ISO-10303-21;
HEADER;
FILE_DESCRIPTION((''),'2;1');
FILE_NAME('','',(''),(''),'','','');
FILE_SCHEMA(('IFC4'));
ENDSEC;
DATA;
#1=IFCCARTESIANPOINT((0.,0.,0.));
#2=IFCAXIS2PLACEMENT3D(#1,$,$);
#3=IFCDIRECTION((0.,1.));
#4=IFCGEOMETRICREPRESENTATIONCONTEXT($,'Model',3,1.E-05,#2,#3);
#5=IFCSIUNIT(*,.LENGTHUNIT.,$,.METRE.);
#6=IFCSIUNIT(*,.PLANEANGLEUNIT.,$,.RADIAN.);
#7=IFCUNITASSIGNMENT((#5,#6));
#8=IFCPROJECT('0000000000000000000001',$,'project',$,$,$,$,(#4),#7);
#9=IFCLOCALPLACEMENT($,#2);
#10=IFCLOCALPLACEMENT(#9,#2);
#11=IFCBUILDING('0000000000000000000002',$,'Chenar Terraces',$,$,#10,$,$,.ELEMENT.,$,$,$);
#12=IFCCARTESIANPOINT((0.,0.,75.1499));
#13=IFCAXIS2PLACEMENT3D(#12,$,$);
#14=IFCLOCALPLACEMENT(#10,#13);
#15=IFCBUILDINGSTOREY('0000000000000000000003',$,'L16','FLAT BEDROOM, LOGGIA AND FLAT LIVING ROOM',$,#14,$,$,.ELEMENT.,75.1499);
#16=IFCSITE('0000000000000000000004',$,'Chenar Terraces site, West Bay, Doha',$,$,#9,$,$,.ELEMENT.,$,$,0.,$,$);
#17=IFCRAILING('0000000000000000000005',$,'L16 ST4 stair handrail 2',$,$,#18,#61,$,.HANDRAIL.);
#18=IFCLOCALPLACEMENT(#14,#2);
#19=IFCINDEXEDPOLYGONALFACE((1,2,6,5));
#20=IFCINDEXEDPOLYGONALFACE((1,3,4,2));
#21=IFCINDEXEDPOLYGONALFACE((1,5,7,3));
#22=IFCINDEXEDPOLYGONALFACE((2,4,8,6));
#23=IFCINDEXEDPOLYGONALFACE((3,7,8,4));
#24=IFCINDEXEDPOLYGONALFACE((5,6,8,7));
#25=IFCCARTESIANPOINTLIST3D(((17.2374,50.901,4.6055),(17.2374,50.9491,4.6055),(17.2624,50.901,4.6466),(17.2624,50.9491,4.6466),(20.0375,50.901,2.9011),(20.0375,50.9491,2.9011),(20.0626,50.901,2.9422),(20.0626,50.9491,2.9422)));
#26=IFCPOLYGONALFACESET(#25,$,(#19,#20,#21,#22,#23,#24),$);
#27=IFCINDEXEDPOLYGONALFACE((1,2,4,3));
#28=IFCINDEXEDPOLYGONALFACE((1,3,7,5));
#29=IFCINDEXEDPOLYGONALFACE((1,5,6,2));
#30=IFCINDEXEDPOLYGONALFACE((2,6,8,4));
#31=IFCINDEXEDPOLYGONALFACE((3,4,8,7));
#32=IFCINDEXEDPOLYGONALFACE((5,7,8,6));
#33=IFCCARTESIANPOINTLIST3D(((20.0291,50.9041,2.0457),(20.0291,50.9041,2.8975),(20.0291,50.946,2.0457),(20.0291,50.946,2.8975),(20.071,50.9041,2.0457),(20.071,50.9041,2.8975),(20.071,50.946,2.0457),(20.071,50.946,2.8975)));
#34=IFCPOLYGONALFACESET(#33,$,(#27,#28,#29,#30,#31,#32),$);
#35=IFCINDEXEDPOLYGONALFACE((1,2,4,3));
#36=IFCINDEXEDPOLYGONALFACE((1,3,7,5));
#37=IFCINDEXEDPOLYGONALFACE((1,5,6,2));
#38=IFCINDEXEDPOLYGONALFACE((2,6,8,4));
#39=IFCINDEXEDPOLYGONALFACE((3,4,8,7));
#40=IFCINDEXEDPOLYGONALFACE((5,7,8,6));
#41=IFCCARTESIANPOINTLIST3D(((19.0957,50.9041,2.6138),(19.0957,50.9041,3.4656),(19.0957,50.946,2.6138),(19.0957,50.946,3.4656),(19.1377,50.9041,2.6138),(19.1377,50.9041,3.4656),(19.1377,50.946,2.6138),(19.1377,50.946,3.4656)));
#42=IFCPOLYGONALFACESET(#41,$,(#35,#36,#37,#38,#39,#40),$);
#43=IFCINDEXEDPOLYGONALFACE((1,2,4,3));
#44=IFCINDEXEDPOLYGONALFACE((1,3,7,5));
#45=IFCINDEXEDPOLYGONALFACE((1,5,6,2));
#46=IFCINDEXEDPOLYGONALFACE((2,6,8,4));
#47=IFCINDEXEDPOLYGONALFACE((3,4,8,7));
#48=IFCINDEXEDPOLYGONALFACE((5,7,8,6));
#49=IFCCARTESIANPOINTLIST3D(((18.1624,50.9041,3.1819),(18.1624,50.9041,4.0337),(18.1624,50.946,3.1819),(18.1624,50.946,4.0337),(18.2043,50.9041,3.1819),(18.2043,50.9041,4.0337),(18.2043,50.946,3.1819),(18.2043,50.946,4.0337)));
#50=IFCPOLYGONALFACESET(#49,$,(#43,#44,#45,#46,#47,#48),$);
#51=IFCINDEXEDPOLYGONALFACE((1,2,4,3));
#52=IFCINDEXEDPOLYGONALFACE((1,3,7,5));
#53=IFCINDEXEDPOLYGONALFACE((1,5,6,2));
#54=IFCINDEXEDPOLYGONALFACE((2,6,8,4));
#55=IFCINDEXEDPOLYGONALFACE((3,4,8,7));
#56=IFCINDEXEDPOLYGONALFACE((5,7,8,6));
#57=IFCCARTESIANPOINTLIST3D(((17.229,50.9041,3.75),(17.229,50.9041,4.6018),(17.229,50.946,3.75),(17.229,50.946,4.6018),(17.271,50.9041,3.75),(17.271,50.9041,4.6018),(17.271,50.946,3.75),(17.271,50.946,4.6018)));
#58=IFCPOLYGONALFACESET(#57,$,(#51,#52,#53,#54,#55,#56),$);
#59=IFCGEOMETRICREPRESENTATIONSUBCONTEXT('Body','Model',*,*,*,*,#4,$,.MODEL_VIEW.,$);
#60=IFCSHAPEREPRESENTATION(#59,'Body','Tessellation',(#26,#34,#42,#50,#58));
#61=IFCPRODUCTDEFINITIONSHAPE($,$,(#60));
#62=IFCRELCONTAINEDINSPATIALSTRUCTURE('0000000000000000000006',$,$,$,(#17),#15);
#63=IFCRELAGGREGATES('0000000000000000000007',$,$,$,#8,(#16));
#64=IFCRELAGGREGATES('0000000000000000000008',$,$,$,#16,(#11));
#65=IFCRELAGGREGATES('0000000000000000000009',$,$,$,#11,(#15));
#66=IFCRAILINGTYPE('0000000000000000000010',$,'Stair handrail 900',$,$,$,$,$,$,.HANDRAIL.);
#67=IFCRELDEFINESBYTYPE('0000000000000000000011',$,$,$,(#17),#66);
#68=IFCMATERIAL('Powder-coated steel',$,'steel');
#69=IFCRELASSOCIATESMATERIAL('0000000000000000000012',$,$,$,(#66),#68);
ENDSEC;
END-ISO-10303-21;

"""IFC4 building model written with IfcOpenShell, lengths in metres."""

from ifc_helpers import new_model, si_unit, direction, frame, origin, origin_2d, place, context, subcontext, project, spatial, rectangle, extrude, material, type_object, element, save


model = new_model("IFC4")

# Units and contexts
model_context = context("Model", 3, precision=1e-05, world=origin(), true_north=direction((0.0, 1.0)))
body_context = subcontext(model_context, "Body", "Model", "MODEL_VIEW")
ifc_project = project(units=[si_unit("LENGTHUNIT", "METRE"), si_unit("PLANEANGLEUNIT", "RADIAN")], contexts=[model_context])

# Site, building, storey
site_placement = place(None, origin())
site = spatial("IfcSite", under=ifc_project, at=site_placement, Name="Chenar Terraces site, West Bay, Doha", CompositionType="ELEMENT", RefElevation=0.0)
building_placement = place(site_placement, origin())
building = spatial("IfcBuilding", under=site, at=building_placement, Name="Chenar Terraces", CompositionType="ELEMENT")
storey_placement = place(building_placement, frame((0.0, 0.0, 75.1499)))
storey = spatial("IfcBuildingStorey", under=building, at=storey_placement, Name="L16", Description="FLAT BEDROOM, LOGGIA AND FLAT LIVING ROOM", CompositionType="ELEMENT", Elevation=75.1499)

# Railing
ifc_material_1 = material(Name="Powder-coated steel", Category="steel")
railing_type_1 = type_object("IfcRailingType", Name="Stair handrail 900", PredefinedType="HANDRAIL", material=ifc_material_1)
railing_1_placement = place(storey_placement, frame((20.05, 50.925, 2.0457)))
element("IfcRailing", 1, at=railing_1_placement, inside=storey, type_object=railing_type_1, Name="L16 ST4 stair handrail 2", PredefinedType="HANDRAIL", context=body_context, shape_type="SweptSolid", body=[
    extrude(rectangle(XDim=0.0481, YDim=0.0481, at=origin_2d()), frame((0.0, 0.0, 0.876), z_axis=(-0.854203, 0.0, 0.51994), x_axis=(0.0, -1.0, 0.0)), (0.0, 0.0, 1.0), 3.2781),
    extrude(rectangle(XDim=0.042, YDim=0.042, at=origin_2d()), origin(), (0.0, 0.0, 1.0), 0.8518),
    extrude(rectangle(XDim=0.042, YDim=0.042, at=origin_2d()), frame((-0.9333, 0.0, 0.5681)), (0.0, 0.0, 1.0), 0.8518),
    extrude(rectangle(XDim=0.042, YDim=0.042, at=origin_2d()), frame((-1.8667, 0.0, 1.1362)), (0.0, 0.0, 1.0), 0.8518),
    extrude(rectangle(XDim=0.042, YDim=0.042, at=origin_2d()), frame((-2.8, 0.0, 1.7043)), (0.0, 0.0, 1.0), 0.8518),
])

save(model, "model.ifc")
